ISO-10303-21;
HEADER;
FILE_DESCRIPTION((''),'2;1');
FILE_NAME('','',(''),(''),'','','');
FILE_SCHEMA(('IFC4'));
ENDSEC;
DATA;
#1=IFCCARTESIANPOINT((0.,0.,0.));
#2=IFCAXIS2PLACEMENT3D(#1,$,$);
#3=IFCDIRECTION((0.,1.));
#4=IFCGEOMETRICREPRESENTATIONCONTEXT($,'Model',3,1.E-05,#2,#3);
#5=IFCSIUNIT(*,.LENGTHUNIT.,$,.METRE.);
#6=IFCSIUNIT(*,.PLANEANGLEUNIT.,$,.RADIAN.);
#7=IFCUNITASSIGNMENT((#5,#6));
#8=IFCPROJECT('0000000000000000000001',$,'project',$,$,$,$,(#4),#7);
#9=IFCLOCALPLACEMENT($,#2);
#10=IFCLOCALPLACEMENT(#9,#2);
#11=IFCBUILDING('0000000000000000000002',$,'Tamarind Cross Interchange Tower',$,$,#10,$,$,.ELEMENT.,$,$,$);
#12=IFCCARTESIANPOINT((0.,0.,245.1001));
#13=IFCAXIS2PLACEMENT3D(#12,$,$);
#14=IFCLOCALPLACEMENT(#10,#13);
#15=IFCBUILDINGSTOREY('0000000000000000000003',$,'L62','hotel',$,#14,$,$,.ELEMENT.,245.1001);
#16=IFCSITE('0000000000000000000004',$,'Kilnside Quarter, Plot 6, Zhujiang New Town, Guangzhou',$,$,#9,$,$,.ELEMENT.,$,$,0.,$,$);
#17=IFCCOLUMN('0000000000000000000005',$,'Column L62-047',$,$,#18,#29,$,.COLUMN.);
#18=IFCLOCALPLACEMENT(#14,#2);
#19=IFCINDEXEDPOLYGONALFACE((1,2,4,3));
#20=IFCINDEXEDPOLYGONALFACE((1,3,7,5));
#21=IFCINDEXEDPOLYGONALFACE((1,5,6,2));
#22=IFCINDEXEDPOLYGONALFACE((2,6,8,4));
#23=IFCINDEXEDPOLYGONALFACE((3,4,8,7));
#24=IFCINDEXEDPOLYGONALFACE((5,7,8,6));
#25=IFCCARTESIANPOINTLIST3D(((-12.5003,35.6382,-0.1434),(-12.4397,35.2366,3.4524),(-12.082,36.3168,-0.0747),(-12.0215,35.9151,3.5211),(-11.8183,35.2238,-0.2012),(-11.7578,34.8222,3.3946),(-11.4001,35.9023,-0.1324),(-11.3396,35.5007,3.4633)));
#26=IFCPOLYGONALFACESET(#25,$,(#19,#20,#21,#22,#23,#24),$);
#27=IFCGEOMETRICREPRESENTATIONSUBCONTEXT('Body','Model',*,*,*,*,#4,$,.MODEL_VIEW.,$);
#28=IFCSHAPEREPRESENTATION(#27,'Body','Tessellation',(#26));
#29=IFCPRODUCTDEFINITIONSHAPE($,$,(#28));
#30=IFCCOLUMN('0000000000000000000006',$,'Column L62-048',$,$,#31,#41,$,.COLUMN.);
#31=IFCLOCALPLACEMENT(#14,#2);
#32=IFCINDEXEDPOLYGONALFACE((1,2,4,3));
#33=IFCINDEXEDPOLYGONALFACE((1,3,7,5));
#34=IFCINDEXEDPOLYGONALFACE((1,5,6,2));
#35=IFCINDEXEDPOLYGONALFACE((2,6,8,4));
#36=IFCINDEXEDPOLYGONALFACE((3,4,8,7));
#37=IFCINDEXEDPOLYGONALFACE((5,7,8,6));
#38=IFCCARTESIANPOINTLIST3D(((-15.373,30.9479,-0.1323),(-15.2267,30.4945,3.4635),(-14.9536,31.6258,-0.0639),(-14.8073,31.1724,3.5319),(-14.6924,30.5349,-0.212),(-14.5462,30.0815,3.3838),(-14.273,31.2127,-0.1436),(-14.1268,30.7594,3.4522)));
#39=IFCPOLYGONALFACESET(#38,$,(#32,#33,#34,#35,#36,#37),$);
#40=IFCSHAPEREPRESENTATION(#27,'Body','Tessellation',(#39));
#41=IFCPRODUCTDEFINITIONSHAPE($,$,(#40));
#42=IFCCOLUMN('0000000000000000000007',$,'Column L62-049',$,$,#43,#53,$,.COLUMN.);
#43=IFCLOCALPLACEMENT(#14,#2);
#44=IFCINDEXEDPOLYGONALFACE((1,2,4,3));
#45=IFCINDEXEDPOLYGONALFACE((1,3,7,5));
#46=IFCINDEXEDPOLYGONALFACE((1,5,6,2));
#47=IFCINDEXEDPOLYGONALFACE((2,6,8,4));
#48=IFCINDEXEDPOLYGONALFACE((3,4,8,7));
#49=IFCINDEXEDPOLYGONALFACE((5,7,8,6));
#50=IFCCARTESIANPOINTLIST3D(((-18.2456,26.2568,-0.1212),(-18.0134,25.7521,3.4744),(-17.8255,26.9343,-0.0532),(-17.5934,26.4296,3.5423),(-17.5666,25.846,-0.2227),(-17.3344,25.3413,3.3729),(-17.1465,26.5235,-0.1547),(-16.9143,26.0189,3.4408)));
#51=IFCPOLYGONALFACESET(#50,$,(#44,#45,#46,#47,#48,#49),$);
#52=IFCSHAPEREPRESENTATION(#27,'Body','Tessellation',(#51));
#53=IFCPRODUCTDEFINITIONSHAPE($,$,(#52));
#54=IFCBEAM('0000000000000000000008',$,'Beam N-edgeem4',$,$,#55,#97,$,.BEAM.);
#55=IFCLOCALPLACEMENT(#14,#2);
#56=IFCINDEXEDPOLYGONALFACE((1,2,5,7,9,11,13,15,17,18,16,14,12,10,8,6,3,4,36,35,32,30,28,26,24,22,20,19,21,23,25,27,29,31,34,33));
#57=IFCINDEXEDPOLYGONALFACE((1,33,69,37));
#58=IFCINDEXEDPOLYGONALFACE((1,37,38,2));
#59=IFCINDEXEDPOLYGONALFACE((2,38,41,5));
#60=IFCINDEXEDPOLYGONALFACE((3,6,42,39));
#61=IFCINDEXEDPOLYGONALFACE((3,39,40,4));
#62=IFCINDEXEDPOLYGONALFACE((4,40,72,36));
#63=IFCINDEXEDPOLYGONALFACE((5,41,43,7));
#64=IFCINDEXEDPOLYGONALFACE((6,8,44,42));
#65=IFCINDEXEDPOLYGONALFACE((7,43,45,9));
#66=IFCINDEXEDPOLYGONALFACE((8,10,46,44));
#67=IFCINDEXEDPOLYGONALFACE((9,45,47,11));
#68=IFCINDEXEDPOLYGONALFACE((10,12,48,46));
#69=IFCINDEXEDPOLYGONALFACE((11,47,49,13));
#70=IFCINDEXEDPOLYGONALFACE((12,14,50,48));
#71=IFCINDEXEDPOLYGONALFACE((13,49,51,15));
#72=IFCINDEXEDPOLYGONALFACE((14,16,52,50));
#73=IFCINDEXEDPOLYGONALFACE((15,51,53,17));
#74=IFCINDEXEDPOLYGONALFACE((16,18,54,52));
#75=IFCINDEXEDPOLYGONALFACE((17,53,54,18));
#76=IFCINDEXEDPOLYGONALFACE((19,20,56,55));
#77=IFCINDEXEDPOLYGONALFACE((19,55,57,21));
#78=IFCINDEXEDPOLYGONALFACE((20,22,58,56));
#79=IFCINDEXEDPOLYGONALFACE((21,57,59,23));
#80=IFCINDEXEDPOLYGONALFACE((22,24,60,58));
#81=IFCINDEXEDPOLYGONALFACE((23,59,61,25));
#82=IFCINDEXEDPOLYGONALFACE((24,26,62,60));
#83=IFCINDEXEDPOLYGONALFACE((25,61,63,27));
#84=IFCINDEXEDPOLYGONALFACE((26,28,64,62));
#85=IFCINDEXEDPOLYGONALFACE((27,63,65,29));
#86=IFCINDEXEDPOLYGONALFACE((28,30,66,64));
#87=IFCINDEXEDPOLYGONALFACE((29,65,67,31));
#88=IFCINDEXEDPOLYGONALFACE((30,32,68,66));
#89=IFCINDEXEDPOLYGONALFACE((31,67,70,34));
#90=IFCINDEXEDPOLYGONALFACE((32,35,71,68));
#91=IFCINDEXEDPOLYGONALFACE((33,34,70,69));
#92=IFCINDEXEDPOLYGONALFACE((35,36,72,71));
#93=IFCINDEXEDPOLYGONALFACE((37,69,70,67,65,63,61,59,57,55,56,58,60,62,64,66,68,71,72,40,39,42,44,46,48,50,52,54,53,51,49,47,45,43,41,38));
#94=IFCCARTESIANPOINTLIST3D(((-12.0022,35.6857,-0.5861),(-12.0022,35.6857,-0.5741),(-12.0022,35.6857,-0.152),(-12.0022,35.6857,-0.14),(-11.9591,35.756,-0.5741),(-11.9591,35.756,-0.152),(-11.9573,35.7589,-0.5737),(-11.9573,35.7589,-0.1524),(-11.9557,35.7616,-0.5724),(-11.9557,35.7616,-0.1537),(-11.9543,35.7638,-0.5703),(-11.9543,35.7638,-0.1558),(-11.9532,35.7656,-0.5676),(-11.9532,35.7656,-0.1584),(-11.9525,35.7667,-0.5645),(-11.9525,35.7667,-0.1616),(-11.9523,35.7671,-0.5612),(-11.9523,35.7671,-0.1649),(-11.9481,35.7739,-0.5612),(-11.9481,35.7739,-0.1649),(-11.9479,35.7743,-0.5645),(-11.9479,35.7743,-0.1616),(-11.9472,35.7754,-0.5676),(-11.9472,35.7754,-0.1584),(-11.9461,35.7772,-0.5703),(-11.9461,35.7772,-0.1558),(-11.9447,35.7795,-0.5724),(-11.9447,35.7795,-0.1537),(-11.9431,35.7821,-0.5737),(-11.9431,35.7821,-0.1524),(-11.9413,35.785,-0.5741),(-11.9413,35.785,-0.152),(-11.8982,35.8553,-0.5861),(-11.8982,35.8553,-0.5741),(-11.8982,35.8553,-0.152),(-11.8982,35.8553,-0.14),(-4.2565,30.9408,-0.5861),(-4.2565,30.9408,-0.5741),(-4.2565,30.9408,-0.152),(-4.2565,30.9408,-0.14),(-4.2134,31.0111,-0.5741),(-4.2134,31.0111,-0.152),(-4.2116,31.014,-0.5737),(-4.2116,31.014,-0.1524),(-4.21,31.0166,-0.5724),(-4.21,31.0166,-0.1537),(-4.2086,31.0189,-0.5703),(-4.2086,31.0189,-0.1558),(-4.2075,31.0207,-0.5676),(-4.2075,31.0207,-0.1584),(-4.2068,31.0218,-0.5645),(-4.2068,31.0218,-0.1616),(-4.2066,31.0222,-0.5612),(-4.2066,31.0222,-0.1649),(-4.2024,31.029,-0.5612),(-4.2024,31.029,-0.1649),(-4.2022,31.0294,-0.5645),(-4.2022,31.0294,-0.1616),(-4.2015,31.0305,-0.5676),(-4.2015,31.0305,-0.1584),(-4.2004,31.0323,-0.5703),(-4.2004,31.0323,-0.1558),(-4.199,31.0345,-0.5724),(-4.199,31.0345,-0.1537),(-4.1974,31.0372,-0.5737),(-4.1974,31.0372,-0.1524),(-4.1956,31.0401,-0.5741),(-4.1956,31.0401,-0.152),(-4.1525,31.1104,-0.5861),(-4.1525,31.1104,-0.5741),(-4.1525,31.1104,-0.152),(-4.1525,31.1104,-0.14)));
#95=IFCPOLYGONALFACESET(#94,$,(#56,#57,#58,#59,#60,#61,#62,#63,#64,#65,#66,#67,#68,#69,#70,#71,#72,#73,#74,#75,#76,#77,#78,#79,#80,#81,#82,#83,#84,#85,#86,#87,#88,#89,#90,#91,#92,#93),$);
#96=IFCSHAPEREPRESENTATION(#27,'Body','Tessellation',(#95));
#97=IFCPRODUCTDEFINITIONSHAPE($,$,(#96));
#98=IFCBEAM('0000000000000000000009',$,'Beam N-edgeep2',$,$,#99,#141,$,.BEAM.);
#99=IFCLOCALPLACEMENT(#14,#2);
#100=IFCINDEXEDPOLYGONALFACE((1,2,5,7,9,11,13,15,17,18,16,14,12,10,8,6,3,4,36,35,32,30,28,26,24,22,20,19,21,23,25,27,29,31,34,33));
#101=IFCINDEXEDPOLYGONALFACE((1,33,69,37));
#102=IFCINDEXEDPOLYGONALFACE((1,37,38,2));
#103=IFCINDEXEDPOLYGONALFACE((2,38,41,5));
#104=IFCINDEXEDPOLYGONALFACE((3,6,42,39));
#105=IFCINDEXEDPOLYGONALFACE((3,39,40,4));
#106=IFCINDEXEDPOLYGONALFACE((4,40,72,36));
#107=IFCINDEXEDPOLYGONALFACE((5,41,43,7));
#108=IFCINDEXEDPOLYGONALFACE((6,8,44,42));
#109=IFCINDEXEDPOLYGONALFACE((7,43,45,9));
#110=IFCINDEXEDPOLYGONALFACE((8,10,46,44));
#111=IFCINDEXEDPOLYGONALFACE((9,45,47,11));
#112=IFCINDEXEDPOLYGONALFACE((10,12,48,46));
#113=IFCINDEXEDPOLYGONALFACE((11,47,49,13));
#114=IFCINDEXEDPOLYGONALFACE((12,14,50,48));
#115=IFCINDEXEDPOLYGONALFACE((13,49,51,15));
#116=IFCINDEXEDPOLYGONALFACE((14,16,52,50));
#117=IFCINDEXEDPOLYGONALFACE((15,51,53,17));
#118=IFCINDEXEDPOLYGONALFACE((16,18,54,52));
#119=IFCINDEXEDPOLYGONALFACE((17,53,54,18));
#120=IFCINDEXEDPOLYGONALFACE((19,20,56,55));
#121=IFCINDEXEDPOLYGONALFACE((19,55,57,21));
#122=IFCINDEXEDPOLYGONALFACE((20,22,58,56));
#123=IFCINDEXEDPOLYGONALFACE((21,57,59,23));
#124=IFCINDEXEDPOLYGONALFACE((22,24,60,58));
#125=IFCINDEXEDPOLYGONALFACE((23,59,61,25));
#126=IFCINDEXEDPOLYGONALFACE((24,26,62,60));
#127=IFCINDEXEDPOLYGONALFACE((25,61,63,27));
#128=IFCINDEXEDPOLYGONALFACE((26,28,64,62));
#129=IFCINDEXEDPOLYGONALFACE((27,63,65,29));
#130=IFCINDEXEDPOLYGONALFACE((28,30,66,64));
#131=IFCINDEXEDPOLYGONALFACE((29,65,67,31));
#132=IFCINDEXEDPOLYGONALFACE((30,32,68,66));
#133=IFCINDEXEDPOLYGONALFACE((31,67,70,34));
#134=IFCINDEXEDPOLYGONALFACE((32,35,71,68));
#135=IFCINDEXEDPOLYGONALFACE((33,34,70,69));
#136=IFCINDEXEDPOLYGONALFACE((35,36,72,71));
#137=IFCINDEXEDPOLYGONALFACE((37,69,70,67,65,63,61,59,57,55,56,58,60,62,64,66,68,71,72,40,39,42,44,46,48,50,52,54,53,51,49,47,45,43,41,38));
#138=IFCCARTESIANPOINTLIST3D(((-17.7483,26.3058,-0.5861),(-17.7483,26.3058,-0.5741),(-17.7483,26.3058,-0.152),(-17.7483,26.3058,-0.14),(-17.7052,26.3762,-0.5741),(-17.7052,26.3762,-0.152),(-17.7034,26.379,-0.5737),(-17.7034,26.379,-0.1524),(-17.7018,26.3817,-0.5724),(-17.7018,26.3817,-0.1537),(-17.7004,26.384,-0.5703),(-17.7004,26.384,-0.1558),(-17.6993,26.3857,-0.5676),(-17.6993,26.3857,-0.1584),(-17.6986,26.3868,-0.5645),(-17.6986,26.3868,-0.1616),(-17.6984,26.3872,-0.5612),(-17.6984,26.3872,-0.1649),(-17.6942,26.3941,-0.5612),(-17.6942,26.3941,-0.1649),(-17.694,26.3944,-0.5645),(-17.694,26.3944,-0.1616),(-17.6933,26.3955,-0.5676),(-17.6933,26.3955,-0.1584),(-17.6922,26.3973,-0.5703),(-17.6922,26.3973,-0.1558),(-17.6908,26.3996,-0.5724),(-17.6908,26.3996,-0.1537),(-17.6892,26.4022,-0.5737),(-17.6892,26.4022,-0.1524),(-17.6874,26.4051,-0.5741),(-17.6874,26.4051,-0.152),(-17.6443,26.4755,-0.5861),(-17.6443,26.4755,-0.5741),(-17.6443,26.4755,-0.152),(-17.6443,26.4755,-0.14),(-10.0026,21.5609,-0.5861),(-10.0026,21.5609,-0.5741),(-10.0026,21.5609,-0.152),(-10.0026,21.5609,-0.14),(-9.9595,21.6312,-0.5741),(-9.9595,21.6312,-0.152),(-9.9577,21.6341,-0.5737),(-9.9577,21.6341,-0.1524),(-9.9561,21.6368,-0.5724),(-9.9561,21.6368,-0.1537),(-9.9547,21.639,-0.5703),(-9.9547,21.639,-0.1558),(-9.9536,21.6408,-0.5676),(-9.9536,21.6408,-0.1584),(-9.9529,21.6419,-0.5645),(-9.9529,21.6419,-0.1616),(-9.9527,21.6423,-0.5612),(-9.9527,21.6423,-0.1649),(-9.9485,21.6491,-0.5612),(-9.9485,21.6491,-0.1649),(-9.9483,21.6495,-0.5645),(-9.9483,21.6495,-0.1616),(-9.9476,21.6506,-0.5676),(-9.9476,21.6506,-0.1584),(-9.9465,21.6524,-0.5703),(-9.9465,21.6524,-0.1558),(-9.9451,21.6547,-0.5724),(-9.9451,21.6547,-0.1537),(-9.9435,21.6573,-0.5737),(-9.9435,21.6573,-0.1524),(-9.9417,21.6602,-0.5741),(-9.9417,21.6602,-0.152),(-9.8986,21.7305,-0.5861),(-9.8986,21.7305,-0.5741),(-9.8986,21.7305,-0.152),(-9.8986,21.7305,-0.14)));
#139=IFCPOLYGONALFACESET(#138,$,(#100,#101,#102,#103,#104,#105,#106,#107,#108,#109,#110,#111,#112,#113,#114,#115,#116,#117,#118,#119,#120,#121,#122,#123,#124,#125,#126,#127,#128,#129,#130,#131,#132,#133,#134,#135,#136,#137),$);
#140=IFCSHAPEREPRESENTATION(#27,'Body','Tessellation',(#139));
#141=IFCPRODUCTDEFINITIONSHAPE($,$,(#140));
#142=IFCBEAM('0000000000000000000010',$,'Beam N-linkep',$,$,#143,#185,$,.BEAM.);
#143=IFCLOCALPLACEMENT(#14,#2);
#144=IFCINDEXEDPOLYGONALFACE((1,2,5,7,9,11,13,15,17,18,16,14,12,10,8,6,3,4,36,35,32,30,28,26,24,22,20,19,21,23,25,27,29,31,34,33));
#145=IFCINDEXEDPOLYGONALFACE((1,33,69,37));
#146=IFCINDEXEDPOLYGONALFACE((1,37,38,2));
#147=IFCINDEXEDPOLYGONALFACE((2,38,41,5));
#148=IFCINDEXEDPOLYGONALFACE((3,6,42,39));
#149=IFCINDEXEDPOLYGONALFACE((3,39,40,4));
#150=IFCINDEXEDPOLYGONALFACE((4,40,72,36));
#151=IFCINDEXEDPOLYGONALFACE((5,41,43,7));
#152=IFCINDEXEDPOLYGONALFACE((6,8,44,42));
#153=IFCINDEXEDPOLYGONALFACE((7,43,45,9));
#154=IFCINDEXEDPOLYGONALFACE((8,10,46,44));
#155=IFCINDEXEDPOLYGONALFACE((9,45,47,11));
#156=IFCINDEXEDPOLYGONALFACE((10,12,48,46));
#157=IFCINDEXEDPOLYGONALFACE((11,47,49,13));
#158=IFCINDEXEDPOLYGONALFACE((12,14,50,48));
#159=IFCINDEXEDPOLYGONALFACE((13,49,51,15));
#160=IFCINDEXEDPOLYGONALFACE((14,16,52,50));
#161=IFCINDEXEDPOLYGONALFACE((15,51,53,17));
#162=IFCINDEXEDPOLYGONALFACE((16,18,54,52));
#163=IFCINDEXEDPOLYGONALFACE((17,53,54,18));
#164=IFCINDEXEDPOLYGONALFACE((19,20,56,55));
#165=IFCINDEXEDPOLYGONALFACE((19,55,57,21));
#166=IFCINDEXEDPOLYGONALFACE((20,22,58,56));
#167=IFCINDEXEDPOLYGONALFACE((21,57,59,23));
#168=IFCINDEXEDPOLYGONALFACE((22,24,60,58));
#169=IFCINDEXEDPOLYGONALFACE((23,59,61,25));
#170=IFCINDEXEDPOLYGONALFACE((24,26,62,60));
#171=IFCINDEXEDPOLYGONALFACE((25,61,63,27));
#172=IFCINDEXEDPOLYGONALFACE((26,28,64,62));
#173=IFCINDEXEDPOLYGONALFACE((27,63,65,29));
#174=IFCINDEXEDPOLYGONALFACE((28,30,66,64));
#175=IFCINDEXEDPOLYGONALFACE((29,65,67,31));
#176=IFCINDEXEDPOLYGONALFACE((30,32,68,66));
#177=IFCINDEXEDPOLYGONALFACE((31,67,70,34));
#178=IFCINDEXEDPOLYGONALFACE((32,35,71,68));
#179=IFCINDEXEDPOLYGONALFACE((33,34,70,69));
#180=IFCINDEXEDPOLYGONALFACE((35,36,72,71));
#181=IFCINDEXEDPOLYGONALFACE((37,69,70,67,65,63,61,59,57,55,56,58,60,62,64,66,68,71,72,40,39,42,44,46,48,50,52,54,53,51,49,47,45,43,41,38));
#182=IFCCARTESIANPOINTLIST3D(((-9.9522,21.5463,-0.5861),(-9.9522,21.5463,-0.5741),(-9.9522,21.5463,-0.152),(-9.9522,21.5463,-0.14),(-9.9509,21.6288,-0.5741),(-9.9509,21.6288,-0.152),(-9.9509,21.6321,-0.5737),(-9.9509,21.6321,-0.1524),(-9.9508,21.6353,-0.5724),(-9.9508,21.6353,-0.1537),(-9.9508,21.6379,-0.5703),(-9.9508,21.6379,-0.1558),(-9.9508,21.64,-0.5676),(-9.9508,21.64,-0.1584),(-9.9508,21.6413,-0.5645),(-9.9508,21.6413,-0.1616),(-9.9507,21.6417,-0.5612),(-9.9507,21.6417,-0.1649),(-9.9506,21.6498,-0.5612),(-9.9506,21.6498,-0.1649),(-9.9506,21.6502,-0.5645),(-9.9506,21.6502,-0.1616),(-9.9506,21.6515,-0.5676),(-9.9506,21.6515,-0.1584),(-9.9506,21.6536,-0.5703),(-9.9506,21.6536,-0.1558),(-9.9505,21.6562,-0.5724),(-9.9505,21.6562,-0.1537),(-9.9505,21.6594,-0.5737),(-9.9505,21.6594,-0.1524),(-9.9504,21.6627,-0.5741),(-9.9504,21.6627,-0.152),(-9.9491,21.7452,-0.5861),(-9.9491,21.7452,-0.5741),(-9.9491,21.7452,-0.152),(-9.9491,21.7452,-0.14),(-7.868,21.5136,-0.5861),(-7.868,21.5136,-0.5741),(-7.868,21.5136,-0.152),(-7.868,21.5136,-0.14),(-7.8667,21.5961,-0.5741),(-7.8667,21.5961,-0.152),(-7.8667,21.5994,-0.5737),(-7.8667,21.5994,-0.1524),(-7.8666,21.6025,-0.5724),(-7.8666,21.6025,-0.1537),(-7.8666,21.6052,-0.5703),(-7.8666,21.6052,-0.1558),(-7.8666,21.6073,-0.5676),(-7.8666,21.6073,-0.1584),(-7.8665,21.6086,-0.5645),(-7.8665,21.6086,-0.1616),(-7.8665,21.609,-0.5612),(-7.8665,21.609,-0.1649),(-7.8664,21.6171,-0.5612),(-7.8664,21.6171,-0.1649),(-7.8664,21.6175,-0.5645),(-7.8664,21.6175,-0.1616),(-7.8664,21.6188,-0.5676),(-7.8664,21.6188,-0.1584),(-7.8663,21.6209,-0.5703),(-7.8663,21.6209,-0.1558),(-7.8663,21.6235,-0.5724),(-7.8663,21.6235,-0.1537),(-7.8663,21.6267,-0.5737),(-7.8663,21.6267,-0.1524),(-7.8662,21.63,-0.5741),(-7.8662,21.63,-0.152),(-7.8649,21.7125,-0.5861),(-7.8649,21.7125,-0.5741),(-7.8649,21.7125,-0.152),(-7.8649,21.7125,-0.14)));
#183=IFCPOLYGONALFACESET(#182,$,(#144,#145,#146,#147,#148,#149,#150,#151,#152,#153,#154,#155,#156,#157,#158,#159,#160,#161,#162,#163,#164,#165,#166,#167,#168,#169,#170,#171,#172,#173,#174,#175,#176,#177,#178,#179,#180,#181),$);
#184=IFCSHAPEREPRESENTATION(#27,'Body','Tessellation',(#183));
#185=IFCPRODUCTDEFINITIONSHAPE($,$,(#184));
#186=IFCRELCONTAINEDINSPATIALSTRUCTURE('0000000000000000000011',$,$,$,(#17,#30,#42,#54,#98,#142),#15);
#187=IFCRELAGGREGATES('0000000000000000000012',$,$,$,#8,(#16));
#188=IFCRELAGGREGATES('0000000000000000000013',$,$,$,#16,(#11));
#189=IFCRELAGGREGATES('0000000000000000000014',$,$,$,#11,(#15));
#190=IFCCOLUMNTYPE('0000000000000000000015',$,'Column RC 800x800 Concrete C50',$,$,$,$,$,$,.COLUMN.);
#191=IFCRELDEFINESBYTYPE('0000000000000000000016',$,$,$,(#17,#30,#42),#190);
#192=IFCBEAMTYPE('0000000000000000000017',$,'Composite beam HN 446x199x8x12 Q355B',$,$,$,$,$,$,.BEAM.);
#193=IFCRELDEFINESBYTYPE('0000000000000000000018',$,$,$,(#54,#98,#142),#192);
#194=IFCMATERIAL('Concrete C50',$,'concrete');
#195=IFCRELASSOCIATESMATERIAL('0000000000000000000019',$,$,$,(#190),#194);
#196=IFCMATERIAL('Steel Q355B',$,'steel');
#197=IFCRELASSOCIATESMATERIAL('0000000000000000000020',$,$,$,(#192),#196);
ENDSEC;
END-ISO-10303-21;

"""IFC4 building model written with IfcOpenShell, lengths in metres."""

from ifc_helpers import new_model, si_unit, direction, frame, origin, origin_2d, place, context, subcontext, project, spatial, rectangle, i_section, extrude, material, material_profile, profile_set, type_object, element, save


model = new_model("IFC4")

# Units and contexts
model_context = context("Model", 3, precision=1e-05, world=origin(), true_north=direction((0.0, 1.0)))
body_context = subcontext(model_context, "Body", "Model", "MODEL_VIEW")
ifc_project = project(units=[si_unit("LENGTHUNIT", "METRE"), si_unit("PLANEANGLEUNIT", "RADIAN")], contexts=[model_context])

# Site, building, storey
site_placement = place(None, origin())
site = spatial("IfcSite", under=ifc_project, at=site_placement, Name="Kilnside Quarter, Plot 6, Zhujiang New Town, Guangzhou", CompositionType="ELEMENT", RefElevation=0.0)
building_placement = place(site_placement, origin())
building = spatial("IfcBuilding", under=site, at=building_placement, Name="Tamarind Cross Interchange Tower", CompositionType="ELEMENT")
storey_placement = place(building_placement, frame((0.0, 0.0, 245.1001)))
storey = spatial("IfcBuildingStorey", under=building, at=storey_placement, Name="L62", Description="hotel", CompositionType="ELEMENT", Elevation=245.1001)

# Columns
ifc_material_1 = material(Name="Concrete C50", Category="concrete")
ifc_material_profile_1 = material_profile(ifc_material_1, rectangle(XDim=0.8, YDim=0.8, at=origin_2d()), Name="RC 800x800")
ifc_profile_set_1 = profile_set([ifc_material_profile_1], Name="Concrete C50")
column_type = type_object("IfcColumnType", Name="Column RC 800x800 Concrete C50", PredefinedType="COLUMN", material=ifc_profile_set_1)
column_1_placement = place(storey_placement, frame((-11.9502, 35.7703, -0.1379), z_axis=(0.016732, -0.110986, 0.993681), x_axis=(0.522724, 0.84816, 0.085931)))
element("IfcColumn", 1, at=column_1_placement, inside=storey, type_object=column_type, Name="Column L62-047", PredefinedType="COLUMN", context=body_context, shape_type="SweptSolid", body=[
    extrude(rectangle(XDim=0.8, YDim=0.8, at=origin_2d()), origin(), (0.0, 0.0, 1.0), 3.6187),
])
column_2_placement = place(storey_placement, frame((-14.823, 31.0803, -0.1379), z_axis=(0.040319, -0.124994, 0.991338), x_axis=(0.52424, 0.847267, 0.085508)))
element("IfcColumn", 2, at=column_2_placement, inside=storey, type_object=column_type, Name="Column L62-048", PredefinedType="COLUMN", context=body_context, shape_type="SweptSolid", body=[
    extrude(rectangle(XDim=0.8, YDim=0.8, at=origin_2d()), origin(), (0.0, 0.0, 1.0), 3.6272),
])
column_3_placement = place(storey_placement, frame((-17.696, 26.3901, -0.1379), z_axis=(0.063818, -0.138709, 0.988275), x_axis=(0.525, 0.846851, 0.084957)))
element("IfcColumn", 3, at=column_3_placement, inside=storey, type_object=column_type, Name="Column L62-049", PredefinedType="COLUMN", context=body_context, shape_type="SweptSolid", body=[
    extrude(rectangle(XDim=0.8, YDim=0.8, at=origin_2d()), origin(), (0.0, 0.0, 1.0), 3.6382),
])

# Beams
ifc_material_2 = material(Name="Steel Q355B", Category="steel")
ifc_material_profile_2 = material_profile(ifc_material_2, i_section(OverallWidth=0.199, OverallDepth=0.446, WebThickness=0.0081, FlangeThickness=0.012, FilletRadius=0.0129, at=origin_2d()), Name="HN 446x199x8x12")
ifc_profile_set_2 = profile_set([ifc_material_profile_2], Name="Steel Q355B")
beam_type_1 = type_object("IfcBeamType", Name="Composite beam HN 446x199x8x12 Q355B", PredefinedType="BEAM", material=ifc_profile_set_2)
for number, where, z_axis, x_axis, name in (
    (4, (-11.9502, 35.7705, -0.363), (0.852721, -0.522367, 0.0), (0.522367, 0.852721, 0.0), "Beam N-edgeem4"),
    (5, (-17.6963, 26.3906, -0.363), (0.852721, -0.522367, 0.0), (0.522367, 0.852721, 0.0), "Beam N-edgeep2"),
):
    element("IfcBeam", number, at=place(storey_placement, frame(where, z_axis=z_axis, x_axis=x_axis)), inside=storey, type_object=beam_type_1, Name=name, PredefinedType="BEAM", context=body_context, shape_type="SweptSolid", body=[
        extrude(i_section(OverallWidth=0.199, OverallDepth=0.446, WebThickness=0.0081, FlangeThickness=0.012, FilletRadius=0.0129, at=origin_2d()), origin(), (0.0, 0.0, 1.0), 9.0835),
    ])
beam_1_placement = place(storey_placement, frame((-9.9507, 21.6458, -0.363), z_axis=(0.999877, -0.015694, 0.0), x_axis=(0.015694, 0.999877, 0.0)))
element("IfcBeam", 6, at=beam_1_placement, inside=storey, type_object=beam_type_1, Name="Beam N-linkep", PredefinedType="BEAM", context=body_context, shape_type="SweptSolid", body=[
    extrude(i_section(OverallWidth=0.199, OverallDepth=0.446, WebThickness=0.0081, FlangeThickness=0.012, FilletRadius=0.0129, at=origin_2d()), origin(), (0.0, 0.0, 1.0), 2.0845),
])

save(model, "model.ifc")
